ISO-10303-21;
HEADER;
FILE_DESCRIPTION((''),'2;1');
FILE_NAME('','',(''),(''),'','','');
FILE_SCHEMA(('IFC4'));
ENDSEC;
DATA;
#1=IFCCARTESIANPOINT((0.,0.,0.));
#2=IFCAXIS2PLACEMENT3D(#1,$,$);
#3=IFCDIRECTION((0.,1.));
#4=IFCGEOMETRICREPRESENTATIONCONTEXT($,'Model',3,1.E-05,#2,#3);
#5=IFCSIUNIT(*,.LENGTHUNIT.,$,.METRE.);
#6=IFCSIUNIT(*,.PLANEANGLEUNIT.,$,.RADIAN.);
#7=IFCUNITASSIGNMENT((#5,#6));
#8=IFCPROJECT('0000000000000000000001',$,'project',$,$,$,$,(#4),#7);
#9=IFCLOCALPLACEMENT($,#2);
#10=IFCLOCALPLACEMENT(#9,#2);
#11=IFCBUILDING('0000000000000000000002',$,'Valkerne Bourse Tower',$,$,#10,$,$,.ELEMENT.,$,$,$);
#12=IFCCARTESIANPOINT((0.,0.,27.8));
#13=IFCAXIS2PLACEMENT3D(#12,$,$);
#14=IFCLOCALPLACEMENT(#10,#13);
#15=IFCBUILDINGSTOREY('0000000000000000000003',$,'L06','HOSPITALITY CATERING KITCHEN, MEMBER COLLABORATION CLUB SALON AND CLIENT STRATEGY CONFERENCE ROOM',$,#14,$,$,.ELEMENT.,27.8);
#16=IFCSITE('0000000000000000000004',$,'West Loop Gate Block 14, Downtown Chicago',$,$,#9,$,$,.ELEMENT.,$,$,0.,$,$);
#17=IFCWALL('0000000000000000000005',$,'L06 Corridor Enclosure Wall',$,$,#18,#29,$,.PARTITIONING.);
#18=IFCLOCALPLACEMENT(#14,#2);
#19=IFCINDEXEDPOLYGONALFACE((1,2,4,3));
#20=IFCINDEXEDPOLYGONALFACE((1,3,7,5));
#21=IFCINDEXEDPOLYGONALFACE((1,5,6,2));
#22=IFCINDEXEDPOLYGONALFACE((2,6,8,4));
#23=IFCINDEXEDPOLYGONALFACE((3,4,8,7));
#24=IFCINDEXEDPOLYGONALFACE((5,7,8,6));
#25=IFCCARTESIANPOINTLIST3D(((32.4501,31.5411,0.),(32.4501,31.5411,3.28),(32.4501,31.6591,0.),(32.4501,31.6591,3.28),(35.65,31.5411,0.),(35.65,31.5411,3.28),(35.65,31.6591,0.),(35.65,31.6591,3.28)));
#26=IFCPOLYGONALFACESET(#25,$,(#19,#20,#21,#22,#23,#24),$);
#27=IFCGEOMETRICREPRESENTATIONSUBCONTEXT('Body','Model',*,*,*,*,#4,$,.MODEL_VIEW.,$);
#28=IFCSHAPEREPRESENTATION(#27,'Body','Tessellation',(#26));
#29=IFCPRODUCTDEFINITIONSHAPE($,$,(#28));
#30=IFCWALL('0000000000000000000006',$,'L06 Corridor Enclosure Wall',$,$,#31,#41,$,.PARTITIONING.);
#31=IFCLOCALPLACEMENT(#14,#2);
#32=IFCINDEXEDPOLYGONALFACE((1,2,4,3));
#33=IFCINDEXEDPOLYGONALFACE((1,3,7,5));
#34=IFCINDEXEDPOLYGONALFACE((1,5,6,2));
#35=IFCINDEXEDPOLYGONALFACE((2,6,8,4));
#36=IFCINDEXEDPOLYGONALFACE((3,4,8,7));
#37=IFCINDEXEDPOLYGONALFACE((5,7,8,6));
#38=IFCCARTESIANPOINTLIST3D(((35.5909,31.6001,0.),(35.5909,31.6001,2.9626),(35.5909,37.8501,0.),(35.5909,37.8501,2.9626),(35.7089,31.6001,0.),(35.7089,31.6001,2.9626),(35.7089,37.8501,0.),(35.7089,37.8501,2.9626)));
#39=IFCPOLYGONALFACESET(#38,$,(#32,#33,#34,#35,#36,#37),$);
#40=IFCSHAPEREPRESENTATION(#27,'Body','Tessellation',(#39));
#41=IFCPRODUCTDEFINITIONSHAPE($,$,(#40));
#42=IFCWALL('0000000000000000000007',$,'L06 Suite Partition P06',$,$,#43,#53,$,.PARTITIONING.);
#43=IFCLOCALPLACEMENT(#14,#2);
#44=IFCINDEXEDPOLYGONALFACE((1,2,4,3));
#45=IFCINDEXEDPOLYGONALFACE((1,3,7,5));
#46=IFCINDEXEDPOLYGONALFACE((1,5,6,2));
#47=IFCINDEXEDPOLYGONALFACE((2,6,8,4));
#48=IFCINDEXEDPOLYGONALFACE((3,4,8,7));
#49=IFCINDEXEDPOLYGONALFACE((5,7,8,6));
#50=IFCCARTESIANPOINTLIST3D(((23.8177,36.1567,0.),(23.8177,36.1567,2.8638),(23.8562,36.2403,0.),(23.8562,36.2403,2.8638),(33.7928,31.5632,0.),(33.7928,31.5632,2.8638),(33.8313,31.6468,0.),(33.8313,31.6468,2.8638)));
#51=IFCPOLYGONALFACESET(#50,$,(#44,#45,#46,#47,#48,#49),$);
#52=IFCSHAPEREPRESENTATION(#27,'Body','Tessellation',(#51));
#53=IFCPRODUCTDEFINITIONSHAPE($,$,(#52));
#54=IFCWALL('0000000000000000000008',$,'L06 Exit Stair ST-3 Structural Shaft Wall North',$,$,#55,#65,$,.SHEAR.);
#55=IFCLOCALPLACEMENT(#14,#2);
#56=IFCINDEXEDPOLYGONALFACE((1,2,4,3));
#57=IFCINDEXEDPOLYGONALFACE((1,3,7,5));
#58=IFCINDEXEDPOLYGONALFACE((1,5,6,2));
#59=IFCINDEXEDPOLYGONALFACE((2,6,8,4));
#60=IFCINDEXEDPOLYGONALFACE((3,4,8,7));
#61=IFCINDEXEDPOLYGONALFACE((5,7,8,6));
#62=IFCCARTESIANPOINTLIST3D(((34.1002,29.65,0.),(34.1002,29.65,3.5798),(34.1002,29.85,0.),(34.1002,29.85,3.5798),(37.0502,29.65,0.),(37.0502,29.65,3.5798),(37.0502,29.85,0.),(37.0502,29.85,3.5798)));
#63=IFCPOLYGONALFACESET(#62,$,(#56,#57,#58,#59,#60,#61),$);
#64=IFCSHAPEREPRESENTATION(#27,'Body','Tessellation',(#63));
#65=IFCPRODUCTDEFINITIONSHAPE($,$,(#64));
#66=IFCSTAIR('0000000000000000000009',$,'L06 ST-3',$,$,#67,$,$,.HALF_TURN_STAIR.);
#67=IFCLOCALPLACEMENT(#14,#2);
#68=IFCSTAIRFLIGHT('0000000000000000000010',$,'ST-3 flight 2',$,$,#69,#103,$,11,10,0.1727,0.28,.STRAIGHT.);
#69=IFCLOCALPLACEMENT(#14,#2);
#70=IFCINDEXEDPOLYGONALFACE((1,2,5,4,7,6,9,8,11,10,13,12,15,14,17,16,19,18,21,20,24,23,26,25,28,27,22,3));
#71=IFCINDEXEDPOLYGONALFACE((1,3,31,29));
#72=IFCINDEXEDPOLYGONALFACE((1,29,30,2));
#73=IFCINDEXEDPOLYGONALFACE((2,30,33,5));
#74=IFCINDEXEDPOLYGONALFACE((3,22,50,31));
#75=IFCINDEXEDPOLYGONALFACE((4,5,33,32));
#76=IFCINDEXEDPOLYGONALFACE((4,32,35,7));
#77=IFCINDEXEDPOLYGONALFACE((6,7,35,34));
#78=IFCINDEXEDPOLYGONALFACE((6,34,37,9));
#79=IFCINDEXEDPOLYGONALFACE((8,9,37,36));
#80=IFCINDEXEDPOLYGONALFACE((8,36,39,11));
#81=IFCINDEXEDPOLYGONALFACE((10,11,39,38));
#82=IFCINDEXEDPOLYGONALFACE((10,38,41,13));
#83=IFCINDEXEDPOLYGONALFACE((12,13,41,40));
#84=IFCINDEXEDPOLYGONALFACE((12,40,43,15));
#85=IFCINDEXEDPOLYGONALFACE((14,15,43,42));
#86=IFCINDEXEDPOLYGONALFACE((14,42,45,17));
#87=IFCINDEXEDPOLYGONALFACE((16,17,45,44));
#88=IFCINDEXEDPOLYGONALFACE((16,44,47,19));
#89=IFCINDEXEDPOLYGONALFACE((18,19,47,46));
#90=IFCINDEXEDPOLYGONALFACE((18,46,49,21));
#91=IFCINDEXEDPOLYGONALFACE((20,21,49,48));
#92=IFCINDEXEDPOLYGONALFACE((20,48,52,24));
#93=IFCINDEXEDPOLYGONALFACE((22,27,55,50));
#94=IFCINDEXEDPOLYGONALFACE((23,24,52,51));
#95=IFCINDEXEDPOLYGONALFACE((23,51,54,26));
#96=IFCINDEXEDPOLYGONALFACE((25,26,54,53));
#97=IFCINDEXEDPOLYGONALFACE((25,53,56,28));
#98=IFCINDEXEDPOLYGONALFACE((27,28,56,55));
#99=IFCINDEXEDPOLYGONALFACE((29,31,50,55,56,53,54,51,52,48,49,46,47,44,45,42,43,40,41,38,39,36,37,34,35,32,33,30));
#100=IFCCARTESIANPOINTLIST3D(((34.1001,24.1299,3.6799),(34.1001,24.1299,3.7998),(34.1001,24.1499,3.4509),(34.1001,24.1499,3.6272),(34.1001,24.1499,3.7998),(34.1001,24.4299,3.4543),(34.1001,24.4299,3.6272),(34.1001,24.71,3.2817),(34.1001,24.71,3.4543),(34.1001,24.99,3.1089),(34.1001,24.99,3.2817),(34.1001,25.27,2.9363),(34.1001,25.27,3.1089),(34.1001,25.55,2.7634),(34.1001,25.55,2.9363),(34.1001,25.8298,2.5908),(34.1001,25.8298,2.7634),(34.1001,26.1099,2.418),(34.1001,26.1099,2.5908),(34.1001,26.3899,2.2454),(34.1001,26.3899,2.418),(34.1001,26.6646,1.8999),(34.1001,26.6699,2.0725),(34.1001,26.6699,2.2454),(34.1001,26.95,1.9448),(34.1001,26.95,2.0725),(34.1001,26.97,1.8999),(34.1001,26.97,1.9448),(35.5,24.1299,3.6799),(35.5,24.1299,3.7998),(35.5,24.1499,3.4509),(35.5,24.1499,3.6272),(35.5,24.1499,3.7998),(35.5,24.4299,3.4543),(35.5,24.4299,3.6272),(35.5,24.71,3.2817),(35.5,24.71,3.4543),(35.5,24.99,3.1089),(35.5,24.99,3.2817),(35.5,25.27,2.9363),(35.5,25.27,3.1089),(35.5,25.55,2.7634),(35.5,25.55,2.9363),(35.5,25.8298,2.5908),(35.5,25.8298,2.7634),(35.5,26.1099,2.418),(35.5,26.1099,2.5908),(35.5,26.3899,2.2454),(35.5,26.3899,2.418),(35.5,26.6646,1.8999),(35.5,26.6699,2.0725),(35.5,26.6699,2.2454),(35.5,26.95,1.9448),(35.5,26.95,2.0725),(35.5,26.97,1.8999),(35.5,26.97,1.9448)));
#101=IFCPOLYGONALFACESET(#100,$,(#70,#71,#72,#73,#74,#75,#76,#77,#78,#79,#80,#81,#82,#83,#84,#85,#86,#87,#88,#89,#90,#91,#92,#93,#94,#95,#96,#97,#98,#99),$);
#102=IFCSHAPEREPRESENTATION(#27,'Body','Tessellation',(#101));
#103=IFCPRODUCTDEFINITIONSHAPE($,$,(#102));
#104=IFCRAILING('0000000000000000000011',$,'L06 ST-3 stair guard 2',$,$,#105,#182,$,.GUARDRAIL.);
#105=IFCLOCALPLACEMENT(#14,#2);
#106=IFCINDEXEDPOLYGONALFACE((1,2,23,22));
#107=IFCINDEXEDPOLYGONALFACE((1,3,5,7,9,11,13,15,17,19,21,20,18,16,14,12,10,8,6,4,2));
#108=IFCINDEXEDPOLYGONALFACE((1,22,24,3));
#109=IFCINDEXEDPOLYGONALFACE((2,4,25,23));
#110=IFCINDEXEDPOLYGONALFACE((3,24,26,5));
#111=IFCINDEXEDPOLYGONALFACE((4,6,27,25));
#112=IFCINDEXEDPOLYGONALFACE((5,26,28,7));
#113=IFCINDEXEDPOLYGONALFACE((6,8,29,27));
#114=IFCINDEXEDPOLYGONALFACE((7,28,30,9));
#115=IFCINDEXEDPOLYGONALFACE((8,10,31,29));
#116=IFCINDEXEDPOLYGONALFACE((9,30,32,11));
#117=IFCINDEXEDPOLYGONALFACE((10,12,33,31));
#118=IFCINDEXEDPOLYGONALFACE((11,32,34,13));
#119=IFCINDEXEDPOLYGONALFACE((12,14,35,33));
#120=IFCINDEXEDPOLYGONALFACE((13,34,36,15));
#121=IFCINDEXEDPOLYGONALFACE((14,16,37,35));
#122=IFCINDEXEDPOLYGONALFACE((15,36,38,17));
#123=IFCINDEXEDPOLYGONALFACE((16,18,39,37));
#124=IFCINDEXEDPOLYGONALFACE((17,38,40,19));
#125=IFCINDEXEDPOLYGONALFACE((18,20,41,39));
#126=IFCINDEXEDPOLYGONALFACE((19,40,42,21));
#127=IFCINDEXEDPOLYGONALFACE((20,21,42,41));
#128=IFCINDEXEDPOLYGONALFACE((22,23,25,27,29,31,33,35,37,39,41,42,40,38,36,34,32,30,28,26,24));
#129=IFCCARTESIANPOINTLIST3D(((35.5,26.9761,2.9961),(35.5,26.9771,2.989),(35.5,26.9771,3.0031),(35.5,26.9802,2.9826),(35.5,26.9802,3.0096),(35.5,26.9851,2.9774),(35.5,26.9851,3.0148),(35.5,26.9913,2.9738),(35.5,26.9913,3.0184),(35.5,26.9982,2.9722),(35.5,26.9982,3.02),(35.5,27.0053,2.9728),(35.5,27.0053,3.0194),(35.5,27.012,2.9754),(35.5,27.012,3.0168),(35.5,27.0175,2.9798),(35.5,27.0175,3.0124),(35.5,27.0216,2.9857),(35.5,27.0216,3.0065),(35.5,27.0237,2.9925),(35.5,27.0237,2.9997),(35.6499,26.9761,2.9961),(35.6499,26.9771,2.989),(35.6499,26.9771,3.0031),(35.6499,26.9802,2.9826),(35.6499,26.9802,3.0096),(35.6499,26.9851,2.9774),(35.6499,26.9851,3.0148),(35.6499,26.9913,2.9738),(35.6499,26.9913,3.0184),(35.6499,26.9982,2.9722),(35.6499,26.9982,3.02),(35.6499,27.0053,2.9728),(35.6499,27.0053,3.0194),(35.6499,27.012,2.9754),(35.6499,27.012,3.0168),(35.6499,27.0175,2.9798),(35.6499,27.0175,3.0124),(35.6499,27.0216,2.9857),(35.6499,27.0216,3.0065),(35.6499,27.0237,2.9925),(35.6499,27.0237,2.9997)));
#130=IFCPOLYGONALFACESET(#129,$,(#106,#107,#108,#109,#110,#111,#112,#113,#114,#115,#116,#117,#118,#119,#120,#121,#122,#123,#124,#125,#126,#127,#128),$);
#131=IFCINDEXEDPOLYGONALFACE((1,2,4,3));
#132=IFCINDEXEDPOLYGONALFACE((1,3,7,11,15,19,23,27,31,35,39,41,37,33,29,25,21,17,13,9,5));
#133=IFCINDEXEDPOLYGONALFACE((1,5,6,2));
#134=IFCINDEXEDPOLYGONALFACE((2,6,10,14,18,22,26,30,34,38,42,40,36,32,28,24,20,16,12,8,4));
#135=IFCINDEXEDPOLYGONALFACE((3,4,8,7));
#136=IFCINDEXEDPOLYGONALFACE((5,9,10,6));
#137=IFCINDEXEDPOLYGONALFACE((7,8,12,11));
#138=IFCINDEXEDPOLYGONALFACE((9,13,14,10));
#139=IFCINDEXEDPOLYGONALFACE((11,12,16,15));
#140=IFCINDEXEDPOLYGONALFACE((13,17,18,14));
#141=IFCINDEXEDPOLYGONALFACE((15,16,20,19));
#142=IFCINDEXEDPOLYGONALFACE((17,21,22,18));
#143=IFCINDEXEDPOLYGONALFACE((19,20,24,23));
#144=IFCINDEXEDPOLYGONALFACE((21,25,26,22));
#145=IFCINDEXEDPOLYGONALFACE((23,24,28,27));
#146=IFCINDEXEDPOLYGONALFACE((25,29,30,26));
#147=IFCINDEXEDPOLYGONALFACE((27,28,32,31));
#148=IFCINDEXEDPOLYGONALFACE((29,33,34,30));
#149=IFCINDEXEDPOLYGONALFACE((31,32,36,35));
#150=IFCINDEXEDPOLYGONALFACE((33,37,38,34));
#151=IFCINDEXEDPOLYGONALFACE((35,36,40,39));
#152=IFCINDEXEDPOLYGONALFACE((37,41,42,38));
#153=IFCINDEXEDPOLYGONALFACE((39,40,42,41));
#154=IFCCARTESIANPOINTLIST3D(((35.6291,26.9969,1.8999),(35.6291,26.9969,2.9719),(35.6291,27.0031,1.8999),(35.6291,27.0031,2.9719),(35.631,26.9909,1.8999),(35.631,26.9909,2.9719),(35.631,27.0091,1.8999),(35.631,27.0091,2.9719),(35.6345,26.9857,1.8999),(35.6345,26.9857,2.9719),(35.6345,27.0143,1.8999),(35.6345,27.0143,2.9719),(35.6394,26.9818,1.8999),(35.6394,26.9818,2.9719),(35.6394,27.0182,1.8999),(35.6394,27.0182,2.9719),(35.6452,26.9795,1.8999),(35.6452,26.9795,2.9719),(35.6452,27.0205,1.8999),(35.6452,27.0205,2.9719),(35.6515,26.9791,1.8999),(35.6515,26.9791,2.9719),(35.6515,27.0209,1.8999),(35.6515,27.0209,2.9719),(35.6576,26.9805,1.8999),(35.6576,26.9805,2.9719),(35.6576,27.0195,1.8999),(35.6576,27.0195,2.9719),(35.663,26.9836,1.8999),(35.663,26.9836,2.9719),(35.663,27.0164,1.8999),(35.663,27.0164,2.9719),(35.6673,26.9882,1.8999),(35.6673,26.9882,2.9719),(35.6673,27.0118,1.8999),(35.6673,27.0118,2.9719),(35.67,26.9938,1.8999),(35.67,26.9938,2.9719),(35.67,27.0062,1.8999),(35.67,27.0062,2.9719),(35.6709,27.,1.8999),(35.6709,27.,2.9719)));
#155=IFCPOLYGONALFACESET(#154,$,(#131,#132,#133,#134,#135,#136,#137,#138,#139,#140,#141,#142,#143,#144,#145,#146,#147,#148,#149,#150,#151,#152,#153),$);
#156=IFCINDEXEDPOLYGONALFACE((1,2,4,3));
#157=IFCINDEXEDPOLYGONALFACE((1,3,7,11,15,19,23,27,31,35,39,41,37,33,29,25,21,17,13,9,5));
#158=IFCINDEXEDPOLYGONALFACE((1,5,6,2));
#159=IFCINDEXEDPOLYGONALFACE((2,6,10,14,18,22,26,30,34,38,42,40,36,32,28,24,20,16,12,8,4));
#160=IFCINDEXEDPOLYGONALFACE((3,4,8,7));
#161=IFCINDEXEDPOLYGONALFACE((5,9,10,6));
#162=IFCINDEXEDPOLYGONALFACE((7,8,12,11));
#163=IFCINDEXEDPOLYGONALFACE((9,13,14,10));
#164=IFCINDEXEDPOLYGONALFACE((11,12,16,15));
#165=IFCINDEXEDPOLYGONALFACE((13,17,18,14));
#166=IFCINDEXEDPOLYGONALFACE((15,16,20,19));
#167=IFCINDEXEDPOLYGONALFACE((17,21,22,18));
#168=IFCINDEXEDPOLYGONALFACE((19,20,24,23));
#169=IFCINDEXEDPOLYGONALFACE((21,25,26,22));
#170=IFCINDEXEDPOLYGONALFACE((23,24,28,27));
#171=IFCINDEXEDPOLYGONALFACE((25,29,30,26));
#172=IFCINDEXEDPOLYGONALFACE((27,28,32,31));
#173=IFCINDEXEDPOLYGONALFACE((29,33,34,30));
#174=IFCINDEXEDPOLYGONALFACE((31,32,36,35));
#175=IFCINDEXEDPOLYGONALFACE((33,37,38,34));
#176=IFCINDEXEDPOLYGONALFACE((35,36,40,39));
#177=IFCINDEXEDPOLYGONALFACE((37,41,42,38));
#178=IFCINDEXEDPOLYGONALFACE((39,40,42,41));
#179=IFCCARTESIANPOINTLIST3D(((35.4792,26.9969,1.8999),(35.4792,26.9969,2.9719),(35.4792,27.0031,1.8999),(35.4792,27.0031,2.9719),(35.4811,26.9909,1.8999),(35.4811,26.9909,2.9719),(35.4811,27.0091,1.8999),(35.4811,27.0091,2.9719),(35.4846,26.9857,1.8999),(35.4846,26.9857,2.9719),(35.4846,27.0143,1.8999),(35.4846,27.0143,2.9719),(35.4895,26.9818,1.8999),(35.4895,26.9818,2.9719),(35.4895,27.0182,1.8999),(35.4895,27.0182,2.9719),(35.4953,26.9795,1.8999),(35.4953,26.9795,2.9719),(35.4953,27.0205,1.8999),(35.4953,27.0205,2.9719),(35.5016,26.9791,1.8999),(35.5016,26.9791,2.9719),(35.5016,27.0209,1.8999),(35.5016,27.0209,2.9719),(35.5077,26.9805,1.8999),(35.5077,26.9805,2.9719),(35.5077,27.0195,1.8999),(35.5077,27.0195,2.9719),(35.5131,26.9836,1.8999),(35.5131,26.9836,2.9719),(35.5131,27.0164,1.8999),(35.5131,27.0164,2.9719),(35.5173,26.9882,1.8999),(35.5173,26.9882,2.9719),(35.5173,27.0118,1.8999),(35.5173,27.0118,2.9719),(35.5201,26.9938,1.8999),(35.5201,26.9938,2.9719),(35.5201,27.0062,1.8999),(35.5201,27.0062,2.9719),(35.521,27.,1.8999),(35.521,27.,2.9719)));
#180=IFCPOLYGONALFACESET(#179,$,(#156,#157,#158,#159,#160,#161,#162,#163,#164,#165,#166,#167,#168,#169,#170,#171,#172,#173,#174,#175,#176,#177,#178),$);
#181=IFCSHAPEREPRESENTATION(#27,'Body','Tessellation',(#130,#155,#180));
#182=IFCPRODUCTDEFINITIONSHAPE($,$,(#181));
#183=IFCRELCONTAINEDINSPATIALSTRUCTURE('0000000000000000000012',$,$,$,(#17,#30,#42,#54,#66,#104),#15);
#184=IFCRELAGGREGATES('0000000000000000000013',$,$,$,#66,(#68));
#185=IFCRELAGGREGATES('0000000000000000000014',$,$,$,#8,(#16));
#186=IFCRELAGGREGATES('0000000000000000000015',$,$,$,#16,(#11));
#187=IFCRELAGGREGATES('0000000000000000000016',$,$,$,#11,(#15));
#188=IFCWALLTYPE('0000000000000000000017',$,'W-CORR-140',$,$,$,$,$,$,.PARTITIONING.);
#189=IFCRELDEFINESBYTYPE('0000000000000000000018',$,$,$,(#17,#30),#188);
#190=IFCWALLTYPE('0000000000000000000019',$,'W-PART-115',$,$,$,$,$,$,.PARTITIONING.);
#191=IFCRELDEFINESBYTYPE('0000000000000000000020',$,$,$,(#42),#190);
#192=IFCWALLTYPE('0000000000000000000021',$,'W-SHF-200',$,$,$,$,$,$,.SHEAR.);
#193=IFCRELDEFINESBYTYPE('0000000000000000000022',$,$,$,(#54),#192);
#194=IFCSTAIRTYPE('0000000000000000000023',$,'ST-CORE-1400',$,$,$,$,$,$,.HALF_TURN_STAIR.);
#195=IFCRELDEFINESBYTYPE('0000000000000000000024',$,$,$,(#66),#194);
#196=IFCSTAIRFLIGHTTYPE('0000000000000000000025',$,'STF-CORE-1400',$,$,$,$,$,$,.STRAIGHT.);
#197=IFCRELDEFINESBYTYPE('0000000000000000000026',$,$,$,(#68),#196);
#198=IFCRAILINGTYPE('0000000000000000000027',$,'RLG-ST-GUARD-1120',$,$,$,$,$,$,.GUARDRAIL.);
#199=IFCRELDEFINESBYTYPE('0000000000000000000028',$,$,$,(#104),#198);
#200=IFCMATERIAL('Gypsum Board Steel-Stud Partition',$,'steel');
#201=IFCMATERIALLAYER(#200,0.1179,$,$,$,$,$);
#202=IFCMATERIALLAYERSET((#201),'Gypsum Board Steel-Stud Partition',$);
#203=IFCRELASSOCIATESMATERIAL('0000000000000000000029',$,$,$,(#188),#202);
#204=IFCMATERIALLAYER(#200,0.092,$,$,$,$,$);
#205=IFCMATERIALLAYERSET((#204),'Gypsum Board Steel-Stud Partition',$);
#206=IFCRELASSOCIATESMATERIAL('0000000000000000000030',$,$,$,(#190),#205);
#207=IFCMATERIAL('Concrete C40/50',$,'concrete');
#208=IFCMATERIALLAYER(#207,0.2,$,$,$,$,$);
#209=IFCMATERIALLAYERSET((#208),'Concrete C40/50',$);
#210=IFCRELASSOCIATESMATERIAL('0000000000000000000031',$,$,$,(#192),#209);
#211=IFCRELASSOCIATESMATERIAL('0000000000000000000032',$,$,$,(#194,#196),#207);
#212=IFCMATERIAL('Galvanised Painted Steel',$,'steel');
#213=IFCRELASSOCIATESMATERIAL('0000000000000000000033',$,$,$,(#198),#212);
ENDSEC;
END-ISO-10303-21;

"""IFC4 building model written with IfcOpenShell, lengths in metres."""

from ifc_helpers import new_model, si_unit, direction, frame, frame_2d, origin, origin_2d, place, context, subcontext, project, spatial, polyline, rectangle, circle, outline, extrude, material, layer, layer_set, type_object, element, aggregate, save


model = new_model("IFC4")

# Units and contexts
model_context = context("Model", 3, precision=1e-05, world=origin(), true_north=direction((0.0, 1.0)))
body_context = subcontext(model_context, "Body", "Model", "MODEL_VIEW")
ifc_project = project(units=[si_unit("LENGTHUNIT", "METRE"), si_unit("PLANEANGLEUNIT", "RADIAN")], contexts=[model_context])

# Site, building, storey
site_placement = place(None, origin())
site = spatial("IfcSite", under=ifc_project, at=site_placement, Name="West Loop Gate Block 14, Downtown Chicago", CompositionType="ELEMENT", RefElevation=0.0)
building_placement = place(site_placement, origin())
building = spatial("IfcBuilding", under=site, at=building_placement, Name="Valkerne Bourse Tower", CompositionType="ELEMENT")
storey_placement = place(building_placement, frame((0.0, 0.0, 27.8)))
storey = spatial("IfcBuildingStorey", under=building, at=storey_placement, Name="L06", Description="HOSPITALITY CATERING KITCHEN, MEMBER COLLABORATION CLUB SALON AND CLIENT STRATEGY CONFERENCE ROOM", CompositionType="ELEMENT", Elevation=27.8)

# Walls
ifc_material_1 = material(Name="Gypsum Board Steel-Stud Partition", Category="steel")
ifc_layer_1 = layer(ifc_material_1, 0.1179)
ifc_layer_set_1 = layer_set([ifc_layer_1], Name="Gypsum Board Steel-Stud Partition")
wall_type_1 = type_object("IfcWallType", Name="W-CORR-140", PredefinedType="PARTITIONING", material=ifc_layer_set_1)
wall_1_placement = place(storey_placement, frame((32.45, 31.6001, 0.0), z_axis=(0.0, 0.0, 1.0), x_axis=(1.0, 0.0, 0.0)))
element("IfcWall", 1, at=wall_1_placement, inside=storey, type_object=wall_type_1, Name="L06 Corridor Enclosure Wall", PredefinedType="PARTITIONING", context=body_context, shape_type="SweptSolid", body=[
    extrude(rectangle(XDim=3.2, YDim=0.1179, at=frame_2d((1.6001, 0.0))), origin(), (0.0, 0.0, 1.0), 3.28),
])
wall_2_placement = place(storey_placement, frame((35.6499, 31.6001, 0.0), z_axis=(0.0, 0.0, 1.0), x_axis=(0.0, 1.0, 0.0)))
element("IfcWall", 2, at=wall_2_placement, inside=storey, type_object=wall_type_1, Name="L06 Corridor Enclosure Wall", PredefinedType="PARTITIONING", context=body_context, shape_type="SweptSolid", body=[
    extrude(rectangle(XDim=6.25, YDim=0.1179, at=frame_2d((3.125, 0.0))), origin(), (0.0, 0.0, 1.0), 2.9626),
])
ifc_layer_2 = layer(ifc_material_1, 0.092)
ifc_layer_set_2 = layer_set([ifc_layer_2], Name="Gypsum Board Steel-Stud Partition")
wall_type_2 = type_object("IfcWallType", Name="W-PART-115", PredefinedType="PARTITIONING", material=ifc_layer_set_2)
wall_3_placement = place(storey_placement, frame((33.812, 31.605, 0.0), z_axis=(0.0, 0.0, 1.0), x_axis=(-0.908319, 0.418278, 0.0)))
element("IfcWall", 3, at=wall_3_placement, inside=storey, type_object=wall_type_2, Name="L06 Suite Partition P06", PredefinedType="PARTITIONING", context=body_context, shape_type="SweptSolid", body=[
    extrude(rectangle(XDim=10.9819, YDim=0.092, at=frame_2d((5.491, 0.0))), origin(), (0.0, 0.0, 1.0), 2.8638),
])
ifc_material_2 = material(Name="Concrete C40/50", Category="concrete")
ifc_layer_3 = layer(ifc_material_2, 0.2)
ifc_layer_set_3 = layer_set([ifc_layer_3], Name="Concrete C40/50")
wall_type_3 = type_object("IfcWallType", Name="W-SHF-200", PredefinedType="SHEAR", material=ifc_layer_set_3)
wall_4_placement = place(storey_placement, frame((34.1001, 29.75, 0.0), z_axis=(0.0, 0.0, 1.0), x_axis=(1.0, 0.0, 0.0)))
element("IfcWall", 4, at=wall_4_placement, inside=storey, type_object=wall_type_3, Name="L06 Exit Stair ST-3 Structural Shaft Wall North", PredefinedType="SHEAR", context=body_context, shape_type="SweptSolid", body=[
    extrude(rectangle(XDim=2.95, YDim=0.2, at=frame_2d((1.4751, 0.0))), origin(), (0.0, 0.0, 1.0), 3.5798),
])

# Stair, stair flight
stair_type = type_object("IfcStairType", Name="ST-CORE-1400", PredefinedType="HALF_TURN_STAIR", material=ifc_material_2)
stair_placement = place(storey_placement, origin())
stair = element("IfcStair", 5, at=stair_placement, inside=storey, type_object=stair_type, Name="L06 ST-3", PredefinedType="HALF_TURN_STAIR")
stair_flight_type = type_object("IfcStairFlightType", Name="STF-CORE-1400", PredefinedType="STRAIGHT", material=ifc_material_2)
stair_flight_placement = place(storey_placement, frame((34.8, 26.95, 1.8999), z_axis=(0.0, 0.0, 1.0), x_axis=(0.0, -1.0, 0.0)))
stair_flight = element("IfcStairFlight", 6, at=stair_flight_placement, type_object=stair_flight_type, Name="ST-3 flight 2", NumberOfRisers=11, NumberOfTreads=10, PredefinedType="STRAIGHT", RiserHeight=0.1727, TreadLength=0.28, context=body_context, shape_type="SweptSolid", body=[
    extrude(outline(polyline([(-0.02, 0.0), (-0.02, 0.0449), (0.0, 0.0449), (0.0, 0.1726), (0.28, 0.1726), (0.28, 0.3455), (0.5601, 0.3455), (0.5601, 0.5181), (0.8401, 0.5181), (0.8401, 0.6909), (1.1201, 0.6909), (1.1201, 0.8635), (1.3999, 0.8635), (1.3999, 1.0364), (1.6799, 1.0364), (1.6799, 1.209), (1.96, 1.209), (1.96, 1.3818), (2.24, 1.3818), (2.24, 1.5544), (2.52, 1.5544), (2.52, 1.7273), (2.8, 1.7273), (2.8, 1.8999), (2.8201, 1.8999), (2.8201, 1.78), (2.8, 1.551), (0.2854, 0.0), (-0.02, 0.0)])), frame((0.0, 0.7, 0.0), z_axis=(0.0, -1.0, 0.0), x_axis=(1.0, 0.0, 0.0)), (0.0, 0.0, 1.0), 1.3999),
])
aggregate(stair, [stair_flight])

# Railing
ifc_material_3 = material(Name="Galvanised Painted Steel", Category="steel")
railing_type_1 = type_object("IfcRailingType", Name="RLG-ST-GUARD-1120", PredefinedType="GUARDRAIL", material=ifc_material_3)
railing_1_placement = place(storey_placement, frame((35.6499, 27.0, 1.8999)))
element("IfcRailing", 7, at=railing_1_placement, inside=storey, type_object=railing_type_1, Name="L06 ST-3 stair guard 2", PredefinedType="GUARDRAIL", context=body_context, shape_type="SweptSolid", body=[
    extrude(circle(Radius=0.0239, at=origin_2d()), frame((0.0, 0.0, 1.0962), z_axis=(-1.0, 0.0, 0.0), x_axis=(0.0, -1.0, 0.0)), (0.0, 0.0, 1.0), 0.1499),
    extrude(circle(Radius=0.021, at=origin_2d()), origin(), (0.0, 0.0, 1.0), 1.072),
    extrude(circle(Radius=0.021, at=origin_2d()), frame((-0.1499, 0.0, 0.0)), (0.0, 0.0, 1.0), 1.072),
])

save(model, "model.ifc")
